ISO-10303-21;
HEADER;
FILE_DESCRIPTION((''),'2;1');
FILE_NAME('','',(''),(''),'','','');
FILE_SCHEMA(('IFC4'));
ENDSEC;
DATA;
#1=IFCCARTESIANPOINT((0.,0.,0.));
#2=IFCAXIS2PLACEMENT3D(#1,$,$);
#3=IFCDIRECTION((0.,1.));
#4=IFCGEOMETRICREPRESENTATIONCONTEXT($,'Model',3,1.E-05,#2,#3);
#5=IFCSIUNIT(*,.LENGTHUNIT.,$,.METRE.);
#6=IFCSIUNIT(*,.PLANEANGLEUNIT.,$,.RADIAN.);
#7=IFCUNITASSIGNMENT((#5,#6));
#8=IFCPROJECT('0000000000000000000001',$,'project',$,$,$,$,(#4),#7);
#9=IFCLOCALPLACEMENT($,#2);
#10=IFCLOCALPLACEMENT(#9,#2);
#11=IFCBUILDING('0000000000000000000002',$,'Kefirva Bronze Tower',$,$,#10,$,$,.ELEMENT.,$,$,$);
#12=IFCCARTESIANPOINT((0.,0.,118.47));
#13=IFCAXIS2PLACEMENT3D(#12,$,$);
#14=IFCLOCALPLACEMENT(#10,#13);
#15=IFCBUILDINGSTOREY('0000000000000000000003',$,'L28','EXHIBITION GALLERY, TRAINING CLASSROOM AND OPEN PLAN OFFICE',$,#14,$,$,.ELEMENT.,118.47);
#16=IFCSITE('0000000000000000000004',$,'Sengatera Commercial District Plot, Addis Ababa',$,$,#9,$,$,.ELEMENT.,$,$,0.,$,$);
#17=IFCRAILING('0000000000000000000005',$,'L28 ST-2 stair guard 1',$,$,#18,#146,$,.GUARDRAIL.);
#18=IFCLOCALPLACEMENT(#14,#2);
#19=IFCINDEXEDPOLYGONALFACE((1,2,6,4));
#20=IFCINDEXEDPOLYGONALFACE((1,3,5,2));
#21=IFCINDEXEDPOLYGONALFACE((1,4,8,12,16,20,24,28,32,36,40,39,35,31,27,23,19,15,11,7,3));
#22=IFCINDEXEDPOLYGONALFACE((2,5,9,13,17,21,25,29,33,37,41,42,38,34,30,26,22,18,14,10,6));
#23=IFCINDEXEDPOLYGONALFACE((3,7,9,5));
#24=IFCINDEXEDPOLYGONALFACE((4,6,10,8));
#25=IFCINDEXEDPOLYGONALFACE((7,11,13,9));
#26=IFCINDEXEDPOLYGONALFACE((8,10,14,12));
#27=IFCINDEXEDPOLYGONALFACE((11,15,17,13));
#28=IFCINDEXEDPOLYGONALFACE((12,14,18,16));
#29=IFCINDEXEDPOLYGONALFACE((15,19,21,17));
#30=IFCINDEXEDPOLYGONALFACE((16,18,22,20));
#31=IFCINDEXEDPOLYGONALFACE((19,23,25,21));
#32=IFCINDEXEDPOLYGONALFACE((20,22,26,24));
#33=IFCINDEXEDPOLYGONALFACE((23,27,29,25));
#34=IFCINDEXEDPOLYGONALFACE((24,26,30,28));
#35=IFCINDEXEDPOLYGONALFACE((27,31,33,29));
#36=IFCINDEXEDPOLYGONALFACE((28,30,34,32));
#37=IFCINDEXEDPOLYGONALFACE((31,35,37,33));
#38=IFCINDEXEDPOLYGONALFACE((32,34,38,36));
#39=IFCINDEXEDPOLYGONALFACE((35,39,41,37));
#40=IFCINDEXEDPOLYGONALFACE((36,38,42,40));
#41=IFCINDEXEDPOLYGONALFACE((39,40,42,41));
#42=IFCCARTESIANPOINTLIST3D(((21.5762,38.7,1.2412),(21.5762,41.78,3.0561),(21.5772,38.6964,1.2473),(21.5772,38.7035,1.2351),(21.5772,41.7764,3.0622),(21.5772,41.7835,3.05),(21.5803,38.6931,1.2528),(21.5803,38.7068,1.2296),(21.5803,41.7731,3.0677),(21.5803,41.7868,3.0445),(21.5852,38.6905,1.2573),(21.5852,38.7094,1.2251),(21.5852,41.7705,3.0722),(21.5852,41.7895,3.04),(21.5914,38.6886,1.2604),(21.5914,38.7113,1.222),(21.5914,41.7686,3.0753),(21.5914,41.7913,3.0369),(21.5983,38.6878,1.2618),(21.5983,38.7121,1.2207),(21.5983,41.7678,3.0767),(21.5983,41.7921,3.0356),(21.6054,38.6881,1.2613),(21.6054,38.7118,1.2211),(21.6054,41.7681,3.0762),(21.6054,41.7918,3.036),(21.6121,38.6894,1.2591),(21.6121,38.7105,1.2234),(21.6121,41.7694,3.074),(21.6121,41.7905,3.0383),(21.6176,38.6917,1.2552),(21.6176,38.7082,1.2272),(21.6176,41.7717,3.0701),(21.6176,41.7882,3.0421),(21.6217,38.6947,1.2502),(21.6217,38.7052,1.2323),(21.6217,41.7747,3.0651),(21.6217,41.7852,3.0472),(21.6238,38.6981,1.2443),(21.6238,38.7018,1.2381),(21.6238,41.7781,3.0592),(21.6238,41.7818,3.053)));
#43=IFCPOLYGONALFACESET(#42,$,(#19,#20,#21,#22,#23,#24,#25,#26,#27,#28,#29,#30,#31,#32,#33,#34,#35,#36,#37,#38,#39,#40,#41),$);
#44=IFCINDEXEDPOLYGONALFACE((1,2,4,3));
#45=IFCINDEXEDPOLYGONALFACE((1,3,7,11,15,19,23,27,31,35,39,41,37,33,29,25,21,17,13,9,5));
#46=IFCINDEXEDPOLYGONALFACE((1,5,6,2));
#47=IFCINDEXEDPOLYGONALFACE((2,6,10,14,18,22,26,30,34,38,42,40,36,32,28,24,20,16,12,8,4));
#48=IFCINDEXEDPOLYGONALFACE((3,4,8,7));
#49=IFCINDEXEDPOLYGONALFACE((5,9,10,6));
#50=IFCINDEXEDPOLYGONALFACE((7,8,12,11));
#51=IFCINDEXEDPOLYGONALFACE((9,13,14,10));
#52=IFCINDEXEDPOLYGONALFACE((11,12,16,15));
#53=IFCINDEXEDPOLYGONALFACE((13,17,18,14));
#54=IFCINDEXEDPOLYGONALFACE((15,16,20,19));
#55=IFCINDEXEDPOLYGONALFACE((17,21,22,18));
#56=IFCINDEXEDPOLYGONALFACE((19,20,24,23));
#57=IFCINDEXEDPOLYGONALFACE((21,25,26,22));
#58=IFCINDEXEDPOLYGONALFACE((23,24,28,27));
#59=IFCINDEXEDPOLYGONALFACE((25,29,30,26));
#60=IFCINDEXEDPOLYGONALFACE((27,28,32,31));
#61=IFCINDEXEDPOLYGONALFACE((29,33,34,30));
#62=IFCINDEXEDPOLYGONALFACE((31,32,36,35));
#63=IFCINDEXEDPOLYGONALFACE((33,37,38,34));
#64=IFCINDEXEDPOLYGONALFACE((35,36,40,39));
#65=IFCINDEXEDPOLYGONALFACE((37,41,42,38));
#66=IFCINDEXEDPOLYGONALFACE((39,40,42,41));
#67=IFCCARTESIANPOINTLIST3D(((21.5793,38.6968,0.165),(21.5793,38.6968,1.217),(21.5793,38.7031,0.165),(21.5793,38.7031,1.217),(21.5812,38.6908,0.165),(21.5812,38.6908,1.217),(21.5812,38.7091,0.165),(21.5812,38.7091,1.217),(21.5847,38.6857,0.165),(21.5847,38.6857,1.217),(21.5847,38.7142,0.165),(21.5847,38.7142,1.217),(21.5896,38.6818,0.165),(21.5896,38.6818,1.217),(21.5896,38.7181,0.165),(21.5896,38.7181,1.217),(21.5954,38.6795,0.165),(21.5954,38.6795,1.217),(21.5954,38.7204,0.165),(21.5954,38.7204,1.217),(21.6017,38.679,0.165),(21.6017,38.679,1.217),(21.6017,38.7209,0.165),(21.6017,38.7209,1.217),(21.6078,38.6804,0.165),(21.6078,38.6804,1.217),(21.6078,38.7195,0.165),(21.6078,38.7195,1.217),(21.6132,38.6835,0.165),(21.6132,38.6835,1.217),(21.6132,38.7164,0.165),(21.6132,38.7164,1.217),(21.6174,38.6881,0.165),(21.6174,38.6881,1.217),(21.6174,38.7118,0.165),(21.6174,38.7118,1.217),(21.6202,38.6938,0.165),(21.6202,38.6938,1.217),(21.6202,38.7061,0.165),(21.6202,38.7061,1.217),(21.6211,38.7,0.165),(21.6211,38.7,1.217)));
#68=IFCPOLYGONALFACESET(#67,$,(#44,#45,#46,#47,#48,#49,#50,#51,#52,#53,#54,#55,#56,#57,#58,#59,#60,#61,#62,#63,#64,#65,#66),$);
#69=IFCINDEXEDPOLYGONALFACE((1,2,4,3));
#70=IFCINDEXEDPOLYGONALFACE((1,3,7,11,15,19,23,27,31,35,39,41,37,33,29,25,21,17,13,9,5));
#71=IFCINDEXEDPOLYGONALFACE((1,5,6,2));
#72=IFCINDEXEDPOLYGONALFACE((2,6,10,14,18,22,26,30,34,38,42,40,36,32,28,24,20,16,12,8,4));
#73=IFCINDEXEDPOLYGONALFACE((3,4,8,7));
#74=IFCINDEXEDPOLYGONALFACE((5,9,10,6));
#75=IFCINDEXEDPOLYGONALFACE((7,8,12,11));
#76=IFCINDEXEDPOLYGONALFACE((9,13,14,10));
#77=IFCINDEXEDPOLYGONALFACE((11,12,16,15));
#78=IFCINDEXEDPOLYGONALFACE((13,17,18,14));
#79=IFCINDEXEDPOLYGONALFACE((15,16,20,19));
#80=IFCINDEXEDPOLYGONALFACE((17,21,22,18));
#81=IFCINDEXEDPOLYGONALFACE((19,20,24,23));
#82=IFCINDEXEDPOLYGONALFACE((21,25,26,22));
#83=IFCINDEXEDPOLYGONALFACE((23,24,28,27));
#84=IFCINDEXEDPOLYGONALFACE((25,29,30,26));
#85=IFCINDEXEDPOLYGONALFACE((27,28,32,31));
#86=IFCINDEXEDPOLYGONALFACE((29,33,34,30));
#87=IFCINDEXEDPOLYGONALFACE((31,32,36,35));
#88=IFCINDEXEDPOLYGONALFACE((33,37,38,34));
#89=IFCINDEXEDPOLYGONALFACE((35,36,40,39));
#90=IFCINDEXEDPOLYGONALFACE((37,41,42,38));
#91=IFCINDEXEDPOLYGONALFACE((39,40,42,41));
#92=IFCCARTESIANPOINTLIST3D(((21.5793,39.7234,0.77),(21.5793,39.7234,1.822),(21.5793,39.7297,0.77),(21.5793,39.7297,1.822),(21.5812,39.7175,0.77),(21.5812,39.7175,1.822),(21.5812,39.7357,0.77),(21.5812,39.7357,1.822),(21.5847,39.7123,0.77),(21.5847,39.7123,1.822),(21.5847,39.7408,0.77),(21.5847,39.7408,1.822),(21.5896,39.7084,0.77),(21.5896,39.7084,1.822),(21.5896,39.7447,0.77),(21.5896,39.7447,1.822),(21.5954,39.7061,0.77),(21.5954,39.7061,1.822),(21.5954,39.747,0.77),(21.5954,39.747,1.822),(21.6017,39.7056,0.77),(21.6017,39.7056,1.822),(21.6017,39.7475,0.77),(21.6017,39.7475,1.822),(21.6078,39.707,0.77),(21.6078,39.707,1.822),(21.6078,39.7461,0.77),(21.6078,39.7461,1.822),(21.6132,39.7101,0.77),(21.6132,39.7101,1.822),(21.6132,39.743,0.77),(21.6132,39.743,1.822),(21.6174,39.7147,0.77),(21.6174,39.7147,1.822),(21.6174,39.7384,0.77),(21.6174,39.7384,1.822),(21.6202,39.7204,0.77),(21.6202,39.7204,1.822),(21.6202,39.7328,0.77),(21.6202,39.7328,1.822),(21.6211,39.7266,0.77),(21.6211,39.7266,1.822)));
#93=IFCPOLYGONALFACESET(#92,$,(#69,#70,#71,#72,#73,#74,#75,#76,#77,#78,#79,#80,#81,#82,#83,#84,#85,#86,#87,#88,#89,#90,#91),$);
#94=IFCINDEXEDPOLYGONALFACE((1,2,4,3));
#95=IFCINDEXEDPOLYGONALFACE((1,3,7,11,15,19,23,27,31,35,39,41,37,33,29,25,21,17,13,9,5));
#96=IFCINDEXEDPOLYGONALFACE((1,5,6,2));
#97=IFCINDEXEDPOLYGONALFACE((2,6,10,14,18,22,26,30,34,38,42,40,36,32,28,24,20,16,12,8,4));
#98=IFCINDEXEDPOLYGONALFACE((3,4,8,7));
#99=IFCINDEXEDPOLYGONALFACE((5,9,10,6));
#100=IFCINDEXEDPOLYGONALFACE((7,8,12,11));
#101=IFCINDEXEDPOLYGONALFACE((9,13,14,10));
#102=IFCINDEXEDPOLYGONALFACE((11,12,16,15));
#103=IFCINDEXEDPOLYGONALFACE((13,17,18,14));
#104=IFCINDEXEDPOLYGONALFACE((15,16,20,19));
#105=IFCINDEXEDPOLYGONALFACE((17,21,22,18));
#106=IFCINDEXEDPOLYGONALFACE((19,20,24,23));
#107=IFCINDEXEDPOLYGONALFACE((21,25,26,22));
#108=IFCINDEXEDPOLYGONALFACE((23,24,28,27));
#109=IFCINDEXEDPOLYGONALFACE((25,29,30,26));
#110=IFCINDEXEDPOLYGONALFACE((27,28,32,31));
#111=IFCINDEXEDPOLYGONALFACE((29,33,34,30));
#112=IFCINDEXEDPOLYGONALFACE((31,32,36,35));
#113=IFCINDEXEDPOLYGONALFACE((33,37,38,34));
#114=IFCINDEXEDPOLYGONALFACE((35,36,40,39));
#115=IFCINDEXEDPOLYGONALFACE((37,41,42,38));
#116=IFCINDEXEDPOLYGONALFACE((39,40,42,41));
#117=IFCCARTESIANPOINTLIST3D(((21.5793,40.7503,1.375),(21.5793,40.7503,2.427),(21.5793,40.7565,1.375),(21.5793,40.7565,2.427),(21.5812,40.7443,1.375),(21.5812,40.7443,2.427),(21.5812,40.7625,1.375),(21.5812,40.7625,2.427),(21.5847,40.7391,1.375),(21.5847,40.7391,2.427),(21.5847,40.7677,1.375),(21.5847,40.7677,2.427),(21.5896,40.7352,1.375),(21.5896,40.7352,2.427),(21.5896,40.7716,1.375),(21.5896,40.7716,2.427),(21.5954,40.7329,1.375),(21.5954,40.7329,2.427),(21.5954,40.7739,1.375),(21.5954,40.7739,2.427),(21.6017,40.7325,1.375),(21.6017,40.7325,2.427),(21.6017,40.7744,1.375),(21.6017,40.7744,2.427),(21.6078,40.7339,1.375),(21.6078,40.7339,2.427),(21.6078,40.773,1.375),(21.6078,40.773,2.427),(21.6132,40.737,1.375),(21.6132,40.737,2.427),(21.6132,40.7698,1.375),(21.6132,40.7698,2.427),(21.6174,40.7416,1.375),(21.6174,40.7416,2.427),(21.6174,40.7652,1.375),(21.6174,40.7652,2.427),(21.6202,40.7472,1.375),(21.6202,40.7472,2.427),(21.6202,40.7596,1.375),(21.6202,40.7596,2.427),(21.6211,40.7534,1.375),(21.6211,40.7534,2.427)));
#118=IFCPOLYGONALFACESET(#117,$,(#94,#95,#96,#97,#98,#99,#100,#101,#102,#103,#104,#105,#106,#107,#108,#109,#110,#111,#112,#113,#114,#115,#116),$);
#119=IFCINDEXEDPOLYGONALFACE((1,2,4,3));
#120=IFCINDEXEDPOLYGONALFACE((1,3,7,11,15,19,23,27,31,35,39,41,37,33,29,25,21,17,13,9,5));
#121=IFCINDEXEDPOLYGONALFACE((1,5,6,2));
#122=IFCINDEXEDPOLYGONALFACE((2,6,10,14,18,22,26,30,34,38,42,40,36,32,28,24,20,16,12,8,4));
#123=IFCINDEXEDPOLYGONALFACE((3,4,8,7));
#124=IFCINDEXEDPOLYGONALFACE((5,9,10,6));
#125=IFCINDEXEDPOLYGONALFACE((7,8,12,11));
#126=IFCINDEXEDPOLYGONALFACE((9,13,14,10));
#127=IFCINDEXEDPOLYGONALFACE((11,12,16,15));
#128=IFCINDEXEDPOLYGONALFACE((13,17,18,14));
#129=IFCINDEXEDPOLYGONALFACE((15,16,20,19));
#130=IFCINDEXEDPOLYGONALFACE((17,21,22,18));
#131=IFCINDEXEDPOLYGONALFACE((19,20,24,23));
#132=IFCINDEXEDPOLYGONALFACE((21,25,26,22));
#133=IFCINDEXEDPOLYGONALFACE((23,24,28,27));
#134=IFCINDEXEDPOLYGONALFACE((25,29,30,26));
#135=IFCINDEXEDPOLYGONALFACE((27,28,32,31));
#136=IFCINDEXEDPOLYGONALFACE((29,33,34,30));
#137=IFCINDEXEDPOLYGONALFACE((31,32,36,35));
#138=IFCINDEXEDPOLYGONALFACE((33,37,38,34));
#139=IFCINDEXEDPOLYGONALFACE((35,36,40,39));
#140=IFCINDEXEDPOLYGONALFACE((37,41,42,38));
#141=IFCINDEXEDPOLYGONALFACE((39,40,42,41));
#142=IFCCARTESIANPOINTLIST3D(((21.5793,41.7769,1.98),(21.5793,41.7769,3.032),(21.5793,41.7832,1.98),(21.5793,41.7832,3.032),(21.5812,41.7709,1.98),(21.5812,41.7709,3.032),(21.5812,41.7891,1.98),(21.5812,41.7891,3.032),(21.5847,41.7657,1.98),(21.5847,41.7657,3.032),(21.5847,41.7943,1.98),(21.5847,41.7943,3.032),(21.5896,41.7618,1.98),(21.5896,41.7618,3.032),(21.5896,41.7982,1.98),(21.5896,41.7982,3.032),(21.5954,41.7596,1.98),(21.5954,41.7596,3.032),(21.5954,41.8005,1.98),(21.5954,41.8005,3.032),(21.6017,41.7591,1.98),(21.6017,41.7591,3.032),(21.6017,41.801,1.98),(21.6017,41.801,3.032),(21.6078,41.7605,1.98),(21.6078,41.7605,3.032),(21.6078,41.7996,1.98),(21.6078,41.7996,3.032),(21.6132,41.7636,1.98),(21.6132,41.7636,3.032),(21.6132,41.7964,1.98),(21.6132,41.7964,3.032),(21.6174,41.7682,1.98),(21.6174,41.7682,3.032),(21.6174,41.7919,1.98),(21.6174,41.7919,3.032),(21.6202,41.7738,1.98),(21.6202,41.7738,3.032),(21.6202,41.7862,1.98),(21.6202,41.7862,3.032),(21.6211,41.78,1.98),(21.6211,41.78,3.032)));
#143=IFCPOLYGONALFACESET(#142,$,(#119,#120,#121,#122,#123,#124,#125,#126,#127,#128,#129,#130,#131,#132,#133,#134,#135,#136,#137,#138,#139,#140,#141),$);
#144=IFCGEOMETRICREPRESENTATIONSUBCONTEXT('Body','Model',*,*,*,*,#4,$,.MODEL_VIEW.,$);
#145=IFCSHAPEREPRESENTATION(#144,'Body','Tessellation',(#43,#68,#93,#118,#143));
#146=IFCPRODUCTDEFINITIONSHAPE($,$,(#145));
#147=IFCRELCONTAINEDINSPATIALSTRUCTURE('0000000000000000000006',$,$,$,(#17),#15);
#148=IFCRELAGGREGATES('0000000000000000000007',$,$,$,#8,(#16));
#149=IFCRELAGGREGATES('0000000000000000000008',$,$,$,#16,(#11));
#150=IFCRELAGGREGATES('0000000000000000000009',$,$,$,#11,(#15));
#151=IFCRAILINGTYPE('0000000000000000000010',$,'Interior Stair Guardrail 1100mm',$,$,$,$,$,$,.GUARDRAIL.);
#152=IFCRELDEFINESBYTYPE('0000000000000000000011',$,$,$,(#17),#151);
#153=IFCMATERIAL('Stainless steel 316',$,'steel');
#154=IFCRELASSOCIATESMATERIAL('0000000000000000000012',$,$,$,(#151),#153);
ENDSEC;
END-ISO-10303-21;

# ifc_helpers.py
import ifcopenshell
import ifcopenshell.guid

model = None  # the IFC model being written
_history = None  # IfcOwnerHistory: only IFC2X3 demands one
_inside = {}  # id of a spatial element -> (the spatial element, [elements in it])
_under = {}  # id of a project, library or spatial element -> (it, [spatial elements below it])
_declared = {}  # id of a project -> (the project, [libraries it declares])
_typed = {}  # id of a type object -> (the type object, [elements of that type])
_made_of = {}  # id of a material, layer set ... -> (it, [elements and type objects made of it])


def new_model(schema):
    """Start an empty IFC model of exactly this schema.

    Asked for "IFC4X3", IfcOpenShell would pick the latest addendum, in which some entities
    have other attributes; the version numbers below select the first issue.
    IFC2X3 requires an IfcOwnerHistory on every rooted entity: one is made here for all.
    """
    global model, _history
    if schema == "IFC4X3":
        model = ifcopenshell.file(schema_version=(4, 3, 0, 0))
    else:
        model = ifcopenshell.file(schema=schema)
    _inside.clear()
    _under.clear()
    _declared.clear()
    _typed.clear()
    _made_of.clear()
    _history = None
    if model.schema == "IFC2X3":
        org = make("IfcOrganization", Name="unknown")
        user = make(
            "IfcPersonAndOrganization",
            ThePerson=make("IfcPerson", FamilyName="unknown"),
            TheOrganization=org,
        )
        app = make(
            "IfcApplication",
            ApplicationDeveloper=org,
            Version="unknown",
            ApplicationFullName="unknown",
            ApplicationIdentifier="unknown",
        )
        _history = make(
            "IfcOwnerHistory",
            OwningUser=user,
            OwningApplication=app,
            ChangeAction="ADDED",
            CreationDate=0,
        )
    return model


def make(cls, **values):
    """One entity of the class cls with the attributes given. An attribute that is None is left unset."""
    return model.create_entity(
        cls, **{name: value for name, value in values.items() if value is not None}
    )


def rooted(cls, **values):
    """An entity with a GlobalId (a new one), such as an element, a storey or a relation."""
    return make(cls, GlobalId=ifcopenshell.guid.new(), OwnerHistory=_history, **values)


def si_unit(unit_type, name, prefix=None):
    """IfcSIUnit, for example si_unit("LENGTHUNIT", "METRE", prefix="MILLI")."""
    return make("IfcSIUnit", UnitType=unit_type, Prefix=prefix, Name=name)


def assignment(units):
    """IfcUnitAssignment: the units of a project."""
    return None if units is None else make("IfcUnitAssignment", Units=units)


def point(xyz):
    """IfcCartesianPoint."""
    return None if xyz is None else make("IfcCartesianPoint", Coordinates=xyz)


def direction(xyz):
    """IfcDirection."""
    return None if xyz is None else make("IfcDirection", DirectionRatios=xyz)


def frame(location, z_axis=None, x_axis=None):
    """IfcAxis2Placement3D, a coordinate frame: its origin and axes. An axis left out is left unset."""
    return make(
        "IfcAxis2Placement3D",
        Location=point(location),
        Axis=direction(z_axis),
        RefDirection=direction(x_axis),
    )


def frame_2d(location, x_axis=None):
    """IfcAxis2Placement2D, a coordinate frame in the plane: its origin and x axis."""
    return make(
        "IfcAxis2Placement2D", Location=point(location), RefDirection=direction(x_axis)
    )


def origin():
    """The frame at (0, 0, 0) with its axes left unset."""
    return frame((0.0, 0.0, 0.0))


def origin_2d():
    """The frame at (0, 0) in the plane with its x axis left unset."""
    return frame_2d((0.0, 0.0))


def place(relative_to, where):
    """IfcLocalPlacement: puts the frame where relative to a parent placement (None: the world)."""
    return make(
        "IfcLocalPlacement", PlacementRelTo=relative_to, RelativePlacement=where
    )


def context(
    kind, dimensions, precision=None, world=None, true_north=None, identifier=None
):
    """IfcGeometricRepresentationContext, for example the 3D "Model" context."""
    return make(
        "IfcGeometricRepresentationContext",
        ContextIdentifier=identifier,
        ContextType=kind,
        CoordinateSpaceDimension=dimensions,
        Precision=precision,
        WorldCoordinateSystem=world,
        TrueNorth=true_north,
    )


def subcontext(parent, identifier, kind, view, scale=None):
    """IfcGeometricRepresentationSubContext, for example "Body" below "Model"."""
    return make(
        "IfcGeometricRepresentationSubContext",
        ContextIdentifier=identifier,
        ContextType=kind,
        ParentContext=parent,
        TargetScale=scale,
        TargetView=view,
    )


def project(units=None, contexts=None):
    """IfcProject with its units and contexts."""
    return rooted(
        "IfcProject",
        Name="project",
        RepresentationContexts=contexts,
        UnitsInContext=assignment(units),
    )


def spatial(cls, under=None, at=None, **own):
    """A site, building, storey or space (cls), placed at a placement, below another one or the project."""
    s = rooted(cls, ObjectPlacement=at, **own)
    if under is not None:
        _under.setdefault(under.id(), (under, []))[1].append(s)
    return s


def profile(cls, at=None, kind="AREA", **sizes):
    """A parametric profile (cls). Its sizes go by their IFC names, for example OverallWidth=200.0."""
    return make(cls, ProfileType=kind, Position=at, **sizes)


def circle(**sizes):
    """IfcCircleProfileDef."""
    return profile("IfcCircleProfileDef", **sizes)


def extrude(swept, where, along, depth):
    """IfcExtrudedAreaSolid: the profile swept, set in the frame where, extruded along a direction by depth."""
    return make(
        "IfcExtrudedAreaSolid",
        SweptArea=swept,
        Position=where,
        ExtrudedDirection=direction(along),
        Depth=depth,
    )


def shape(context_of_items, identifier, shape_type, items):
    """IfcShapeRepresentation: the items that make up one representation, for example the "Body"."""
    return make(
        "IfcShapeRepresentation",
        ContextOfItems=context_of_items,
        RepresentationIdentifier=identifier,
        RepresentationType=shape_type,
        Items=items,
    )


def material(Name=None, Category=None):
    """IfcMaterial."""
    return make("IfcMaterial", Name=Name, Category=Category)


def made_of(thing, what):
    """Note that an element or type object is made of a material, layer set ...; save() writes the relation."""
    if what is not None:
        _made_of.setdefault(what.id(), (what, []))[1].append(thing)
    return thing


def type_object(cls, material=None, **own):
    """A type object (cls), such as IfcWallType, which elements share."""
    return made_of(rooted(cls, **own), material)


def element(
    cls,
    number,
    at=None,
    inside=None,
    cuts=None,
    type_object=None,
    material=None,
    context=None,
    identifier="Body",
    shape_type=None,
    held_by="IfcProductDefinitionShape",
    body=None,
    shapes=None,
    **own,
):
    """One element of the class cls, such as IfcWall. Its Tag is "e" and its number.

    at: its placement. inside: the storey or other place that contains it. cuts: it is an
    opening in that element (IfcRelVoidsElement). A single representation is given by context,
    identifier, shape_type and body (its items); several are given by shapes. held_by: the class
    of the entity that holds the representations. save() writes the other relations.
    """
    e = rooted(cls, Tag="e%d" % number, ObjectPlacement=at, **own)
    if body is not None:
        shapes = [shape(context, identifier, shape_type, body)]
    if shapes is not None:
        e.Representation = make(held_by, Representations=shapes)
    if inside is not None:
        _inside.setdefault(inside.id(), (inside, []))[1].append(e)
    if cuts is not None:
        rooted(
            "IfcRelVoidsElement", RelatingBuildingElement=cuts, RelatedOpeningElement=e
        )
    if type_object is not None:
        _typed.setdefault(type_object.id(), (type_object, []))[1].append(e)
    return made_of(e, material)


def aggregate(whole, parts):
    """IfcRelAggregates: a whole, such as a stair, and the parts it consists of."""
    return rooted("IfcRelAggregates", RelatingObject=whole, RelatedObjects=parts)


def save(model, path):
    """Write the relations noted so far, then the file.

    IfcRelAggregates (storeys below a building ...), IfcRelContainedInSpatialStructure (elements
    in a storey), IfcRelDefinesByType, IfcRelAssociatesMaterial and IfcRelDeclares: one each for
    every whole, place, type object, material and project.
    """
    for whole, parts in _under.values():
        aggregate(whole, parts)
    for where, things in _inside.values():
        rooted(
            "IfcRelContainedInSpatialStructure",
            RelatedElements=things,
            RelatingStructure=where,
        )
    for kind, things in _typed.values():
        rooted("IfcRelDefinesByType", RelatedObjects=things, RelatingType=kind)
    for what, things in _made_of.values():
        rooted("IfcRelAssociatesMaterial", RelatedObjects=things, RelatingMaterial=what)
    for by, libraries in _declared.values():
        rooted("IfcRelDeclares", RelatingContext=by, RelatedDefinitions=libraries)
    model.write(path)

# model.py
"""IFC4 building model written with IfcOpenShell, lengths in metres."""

from ifc_helpers import new_model, si_unit, direction, frame, origin, origin_2d, place, context, subcontext, project, spatial, circle, extrude, material, type_object, element, save


model = new_model("IFC4")

# Units and contexts
model_context = context("Model", 3, precision=1e-05, world=origin(), true_north=direction((0.0, 1.0)))
body_context = subcontext(model_context, "Body", "Model", "MODEL_VIEW")
ifc_project = project(units=[si_unit("LENGTHUNIT", "METRE"), si_unit("PLANEANGLEUNIT", "RADIAN")], contexts=[model_context])

# Site, building, storey
site_placement = place(None, origin())
site = spatial("IfcSite", under=ifc_project, at=site_placement, Name="Sengatera Commercial District Plot, Addis Ababa", CompositionType="ELEMENT", RefElevation=0.0)
building_placement = place(site_placement, origin())
building = spatial("IfcBuilding", under=site, at=building_placement, Name="Kefirva Bronze Tower", CompositionType="ELEMENT")
storey_placement = place(building_placement, frame((0.0, 0.0, 118.47)))
storey = spatial("IfcBuildingStorey", under=building, at=storey_placement, Name="L28", Description="EXHIBITION GALLERY, TRAINING CLASSROOM AND OPEN PLAN OFFICE", CompositionType="ELEMENT", Elevation=118.47)

# Railing
ifc_material_1 = material(Name="Stainless steel 316", Category="steel")
railing_type_1 = type_object("IfcRailingType", Name="Interior Stair Guardrail 1100mm", PredefinedType="GUARDRAIL", material=ifc_material_1)
railing_1_placement = place(storey_placement, frame((21.6001, 38.7, 0.165)))
element("IfcRailing", 1, at=railing_1_placement, inside=storey, type_object=railing_type_1, Name="L28 ST-2 stair guard 1", PredefinedType="GUARDRAIL", context=body_context, shape_type="SweptSolid", body=[
    extrude(circle(Radius=0.0239, at=origin_2d()), frame((0.0, 0.0, 1.0762), z_axis=(0.0, 0.861551, 0.507671), x_axis=(-1.0, 0.0, 0.0)), (0.0, 0.0, 1.0), 3.575),
    extrude(circle(Radius=0.021, at=origin_2d()), origin(), (0.0, 0.0, 1.0), 1.052),
    extrude(circle(Radius=0.021, at=origin_2d()), frame((0.0, 1.0266, 0.605)), (0.0, 0.0, 1.0), 1.052),
    extrude(circle(Radius=0.021, at=origin_2d()), frame((0.0, 2.0535, 1.21)), (0.0, 0.0, 1.0), 1.052),
    extrude(circle(Radius=0.021, at=origin_2d()), frame((0.0, 3.0801, 1.8149)), (0.0, 0.0, 1.0), 1.052),
])

save(model, "model.ifc")
